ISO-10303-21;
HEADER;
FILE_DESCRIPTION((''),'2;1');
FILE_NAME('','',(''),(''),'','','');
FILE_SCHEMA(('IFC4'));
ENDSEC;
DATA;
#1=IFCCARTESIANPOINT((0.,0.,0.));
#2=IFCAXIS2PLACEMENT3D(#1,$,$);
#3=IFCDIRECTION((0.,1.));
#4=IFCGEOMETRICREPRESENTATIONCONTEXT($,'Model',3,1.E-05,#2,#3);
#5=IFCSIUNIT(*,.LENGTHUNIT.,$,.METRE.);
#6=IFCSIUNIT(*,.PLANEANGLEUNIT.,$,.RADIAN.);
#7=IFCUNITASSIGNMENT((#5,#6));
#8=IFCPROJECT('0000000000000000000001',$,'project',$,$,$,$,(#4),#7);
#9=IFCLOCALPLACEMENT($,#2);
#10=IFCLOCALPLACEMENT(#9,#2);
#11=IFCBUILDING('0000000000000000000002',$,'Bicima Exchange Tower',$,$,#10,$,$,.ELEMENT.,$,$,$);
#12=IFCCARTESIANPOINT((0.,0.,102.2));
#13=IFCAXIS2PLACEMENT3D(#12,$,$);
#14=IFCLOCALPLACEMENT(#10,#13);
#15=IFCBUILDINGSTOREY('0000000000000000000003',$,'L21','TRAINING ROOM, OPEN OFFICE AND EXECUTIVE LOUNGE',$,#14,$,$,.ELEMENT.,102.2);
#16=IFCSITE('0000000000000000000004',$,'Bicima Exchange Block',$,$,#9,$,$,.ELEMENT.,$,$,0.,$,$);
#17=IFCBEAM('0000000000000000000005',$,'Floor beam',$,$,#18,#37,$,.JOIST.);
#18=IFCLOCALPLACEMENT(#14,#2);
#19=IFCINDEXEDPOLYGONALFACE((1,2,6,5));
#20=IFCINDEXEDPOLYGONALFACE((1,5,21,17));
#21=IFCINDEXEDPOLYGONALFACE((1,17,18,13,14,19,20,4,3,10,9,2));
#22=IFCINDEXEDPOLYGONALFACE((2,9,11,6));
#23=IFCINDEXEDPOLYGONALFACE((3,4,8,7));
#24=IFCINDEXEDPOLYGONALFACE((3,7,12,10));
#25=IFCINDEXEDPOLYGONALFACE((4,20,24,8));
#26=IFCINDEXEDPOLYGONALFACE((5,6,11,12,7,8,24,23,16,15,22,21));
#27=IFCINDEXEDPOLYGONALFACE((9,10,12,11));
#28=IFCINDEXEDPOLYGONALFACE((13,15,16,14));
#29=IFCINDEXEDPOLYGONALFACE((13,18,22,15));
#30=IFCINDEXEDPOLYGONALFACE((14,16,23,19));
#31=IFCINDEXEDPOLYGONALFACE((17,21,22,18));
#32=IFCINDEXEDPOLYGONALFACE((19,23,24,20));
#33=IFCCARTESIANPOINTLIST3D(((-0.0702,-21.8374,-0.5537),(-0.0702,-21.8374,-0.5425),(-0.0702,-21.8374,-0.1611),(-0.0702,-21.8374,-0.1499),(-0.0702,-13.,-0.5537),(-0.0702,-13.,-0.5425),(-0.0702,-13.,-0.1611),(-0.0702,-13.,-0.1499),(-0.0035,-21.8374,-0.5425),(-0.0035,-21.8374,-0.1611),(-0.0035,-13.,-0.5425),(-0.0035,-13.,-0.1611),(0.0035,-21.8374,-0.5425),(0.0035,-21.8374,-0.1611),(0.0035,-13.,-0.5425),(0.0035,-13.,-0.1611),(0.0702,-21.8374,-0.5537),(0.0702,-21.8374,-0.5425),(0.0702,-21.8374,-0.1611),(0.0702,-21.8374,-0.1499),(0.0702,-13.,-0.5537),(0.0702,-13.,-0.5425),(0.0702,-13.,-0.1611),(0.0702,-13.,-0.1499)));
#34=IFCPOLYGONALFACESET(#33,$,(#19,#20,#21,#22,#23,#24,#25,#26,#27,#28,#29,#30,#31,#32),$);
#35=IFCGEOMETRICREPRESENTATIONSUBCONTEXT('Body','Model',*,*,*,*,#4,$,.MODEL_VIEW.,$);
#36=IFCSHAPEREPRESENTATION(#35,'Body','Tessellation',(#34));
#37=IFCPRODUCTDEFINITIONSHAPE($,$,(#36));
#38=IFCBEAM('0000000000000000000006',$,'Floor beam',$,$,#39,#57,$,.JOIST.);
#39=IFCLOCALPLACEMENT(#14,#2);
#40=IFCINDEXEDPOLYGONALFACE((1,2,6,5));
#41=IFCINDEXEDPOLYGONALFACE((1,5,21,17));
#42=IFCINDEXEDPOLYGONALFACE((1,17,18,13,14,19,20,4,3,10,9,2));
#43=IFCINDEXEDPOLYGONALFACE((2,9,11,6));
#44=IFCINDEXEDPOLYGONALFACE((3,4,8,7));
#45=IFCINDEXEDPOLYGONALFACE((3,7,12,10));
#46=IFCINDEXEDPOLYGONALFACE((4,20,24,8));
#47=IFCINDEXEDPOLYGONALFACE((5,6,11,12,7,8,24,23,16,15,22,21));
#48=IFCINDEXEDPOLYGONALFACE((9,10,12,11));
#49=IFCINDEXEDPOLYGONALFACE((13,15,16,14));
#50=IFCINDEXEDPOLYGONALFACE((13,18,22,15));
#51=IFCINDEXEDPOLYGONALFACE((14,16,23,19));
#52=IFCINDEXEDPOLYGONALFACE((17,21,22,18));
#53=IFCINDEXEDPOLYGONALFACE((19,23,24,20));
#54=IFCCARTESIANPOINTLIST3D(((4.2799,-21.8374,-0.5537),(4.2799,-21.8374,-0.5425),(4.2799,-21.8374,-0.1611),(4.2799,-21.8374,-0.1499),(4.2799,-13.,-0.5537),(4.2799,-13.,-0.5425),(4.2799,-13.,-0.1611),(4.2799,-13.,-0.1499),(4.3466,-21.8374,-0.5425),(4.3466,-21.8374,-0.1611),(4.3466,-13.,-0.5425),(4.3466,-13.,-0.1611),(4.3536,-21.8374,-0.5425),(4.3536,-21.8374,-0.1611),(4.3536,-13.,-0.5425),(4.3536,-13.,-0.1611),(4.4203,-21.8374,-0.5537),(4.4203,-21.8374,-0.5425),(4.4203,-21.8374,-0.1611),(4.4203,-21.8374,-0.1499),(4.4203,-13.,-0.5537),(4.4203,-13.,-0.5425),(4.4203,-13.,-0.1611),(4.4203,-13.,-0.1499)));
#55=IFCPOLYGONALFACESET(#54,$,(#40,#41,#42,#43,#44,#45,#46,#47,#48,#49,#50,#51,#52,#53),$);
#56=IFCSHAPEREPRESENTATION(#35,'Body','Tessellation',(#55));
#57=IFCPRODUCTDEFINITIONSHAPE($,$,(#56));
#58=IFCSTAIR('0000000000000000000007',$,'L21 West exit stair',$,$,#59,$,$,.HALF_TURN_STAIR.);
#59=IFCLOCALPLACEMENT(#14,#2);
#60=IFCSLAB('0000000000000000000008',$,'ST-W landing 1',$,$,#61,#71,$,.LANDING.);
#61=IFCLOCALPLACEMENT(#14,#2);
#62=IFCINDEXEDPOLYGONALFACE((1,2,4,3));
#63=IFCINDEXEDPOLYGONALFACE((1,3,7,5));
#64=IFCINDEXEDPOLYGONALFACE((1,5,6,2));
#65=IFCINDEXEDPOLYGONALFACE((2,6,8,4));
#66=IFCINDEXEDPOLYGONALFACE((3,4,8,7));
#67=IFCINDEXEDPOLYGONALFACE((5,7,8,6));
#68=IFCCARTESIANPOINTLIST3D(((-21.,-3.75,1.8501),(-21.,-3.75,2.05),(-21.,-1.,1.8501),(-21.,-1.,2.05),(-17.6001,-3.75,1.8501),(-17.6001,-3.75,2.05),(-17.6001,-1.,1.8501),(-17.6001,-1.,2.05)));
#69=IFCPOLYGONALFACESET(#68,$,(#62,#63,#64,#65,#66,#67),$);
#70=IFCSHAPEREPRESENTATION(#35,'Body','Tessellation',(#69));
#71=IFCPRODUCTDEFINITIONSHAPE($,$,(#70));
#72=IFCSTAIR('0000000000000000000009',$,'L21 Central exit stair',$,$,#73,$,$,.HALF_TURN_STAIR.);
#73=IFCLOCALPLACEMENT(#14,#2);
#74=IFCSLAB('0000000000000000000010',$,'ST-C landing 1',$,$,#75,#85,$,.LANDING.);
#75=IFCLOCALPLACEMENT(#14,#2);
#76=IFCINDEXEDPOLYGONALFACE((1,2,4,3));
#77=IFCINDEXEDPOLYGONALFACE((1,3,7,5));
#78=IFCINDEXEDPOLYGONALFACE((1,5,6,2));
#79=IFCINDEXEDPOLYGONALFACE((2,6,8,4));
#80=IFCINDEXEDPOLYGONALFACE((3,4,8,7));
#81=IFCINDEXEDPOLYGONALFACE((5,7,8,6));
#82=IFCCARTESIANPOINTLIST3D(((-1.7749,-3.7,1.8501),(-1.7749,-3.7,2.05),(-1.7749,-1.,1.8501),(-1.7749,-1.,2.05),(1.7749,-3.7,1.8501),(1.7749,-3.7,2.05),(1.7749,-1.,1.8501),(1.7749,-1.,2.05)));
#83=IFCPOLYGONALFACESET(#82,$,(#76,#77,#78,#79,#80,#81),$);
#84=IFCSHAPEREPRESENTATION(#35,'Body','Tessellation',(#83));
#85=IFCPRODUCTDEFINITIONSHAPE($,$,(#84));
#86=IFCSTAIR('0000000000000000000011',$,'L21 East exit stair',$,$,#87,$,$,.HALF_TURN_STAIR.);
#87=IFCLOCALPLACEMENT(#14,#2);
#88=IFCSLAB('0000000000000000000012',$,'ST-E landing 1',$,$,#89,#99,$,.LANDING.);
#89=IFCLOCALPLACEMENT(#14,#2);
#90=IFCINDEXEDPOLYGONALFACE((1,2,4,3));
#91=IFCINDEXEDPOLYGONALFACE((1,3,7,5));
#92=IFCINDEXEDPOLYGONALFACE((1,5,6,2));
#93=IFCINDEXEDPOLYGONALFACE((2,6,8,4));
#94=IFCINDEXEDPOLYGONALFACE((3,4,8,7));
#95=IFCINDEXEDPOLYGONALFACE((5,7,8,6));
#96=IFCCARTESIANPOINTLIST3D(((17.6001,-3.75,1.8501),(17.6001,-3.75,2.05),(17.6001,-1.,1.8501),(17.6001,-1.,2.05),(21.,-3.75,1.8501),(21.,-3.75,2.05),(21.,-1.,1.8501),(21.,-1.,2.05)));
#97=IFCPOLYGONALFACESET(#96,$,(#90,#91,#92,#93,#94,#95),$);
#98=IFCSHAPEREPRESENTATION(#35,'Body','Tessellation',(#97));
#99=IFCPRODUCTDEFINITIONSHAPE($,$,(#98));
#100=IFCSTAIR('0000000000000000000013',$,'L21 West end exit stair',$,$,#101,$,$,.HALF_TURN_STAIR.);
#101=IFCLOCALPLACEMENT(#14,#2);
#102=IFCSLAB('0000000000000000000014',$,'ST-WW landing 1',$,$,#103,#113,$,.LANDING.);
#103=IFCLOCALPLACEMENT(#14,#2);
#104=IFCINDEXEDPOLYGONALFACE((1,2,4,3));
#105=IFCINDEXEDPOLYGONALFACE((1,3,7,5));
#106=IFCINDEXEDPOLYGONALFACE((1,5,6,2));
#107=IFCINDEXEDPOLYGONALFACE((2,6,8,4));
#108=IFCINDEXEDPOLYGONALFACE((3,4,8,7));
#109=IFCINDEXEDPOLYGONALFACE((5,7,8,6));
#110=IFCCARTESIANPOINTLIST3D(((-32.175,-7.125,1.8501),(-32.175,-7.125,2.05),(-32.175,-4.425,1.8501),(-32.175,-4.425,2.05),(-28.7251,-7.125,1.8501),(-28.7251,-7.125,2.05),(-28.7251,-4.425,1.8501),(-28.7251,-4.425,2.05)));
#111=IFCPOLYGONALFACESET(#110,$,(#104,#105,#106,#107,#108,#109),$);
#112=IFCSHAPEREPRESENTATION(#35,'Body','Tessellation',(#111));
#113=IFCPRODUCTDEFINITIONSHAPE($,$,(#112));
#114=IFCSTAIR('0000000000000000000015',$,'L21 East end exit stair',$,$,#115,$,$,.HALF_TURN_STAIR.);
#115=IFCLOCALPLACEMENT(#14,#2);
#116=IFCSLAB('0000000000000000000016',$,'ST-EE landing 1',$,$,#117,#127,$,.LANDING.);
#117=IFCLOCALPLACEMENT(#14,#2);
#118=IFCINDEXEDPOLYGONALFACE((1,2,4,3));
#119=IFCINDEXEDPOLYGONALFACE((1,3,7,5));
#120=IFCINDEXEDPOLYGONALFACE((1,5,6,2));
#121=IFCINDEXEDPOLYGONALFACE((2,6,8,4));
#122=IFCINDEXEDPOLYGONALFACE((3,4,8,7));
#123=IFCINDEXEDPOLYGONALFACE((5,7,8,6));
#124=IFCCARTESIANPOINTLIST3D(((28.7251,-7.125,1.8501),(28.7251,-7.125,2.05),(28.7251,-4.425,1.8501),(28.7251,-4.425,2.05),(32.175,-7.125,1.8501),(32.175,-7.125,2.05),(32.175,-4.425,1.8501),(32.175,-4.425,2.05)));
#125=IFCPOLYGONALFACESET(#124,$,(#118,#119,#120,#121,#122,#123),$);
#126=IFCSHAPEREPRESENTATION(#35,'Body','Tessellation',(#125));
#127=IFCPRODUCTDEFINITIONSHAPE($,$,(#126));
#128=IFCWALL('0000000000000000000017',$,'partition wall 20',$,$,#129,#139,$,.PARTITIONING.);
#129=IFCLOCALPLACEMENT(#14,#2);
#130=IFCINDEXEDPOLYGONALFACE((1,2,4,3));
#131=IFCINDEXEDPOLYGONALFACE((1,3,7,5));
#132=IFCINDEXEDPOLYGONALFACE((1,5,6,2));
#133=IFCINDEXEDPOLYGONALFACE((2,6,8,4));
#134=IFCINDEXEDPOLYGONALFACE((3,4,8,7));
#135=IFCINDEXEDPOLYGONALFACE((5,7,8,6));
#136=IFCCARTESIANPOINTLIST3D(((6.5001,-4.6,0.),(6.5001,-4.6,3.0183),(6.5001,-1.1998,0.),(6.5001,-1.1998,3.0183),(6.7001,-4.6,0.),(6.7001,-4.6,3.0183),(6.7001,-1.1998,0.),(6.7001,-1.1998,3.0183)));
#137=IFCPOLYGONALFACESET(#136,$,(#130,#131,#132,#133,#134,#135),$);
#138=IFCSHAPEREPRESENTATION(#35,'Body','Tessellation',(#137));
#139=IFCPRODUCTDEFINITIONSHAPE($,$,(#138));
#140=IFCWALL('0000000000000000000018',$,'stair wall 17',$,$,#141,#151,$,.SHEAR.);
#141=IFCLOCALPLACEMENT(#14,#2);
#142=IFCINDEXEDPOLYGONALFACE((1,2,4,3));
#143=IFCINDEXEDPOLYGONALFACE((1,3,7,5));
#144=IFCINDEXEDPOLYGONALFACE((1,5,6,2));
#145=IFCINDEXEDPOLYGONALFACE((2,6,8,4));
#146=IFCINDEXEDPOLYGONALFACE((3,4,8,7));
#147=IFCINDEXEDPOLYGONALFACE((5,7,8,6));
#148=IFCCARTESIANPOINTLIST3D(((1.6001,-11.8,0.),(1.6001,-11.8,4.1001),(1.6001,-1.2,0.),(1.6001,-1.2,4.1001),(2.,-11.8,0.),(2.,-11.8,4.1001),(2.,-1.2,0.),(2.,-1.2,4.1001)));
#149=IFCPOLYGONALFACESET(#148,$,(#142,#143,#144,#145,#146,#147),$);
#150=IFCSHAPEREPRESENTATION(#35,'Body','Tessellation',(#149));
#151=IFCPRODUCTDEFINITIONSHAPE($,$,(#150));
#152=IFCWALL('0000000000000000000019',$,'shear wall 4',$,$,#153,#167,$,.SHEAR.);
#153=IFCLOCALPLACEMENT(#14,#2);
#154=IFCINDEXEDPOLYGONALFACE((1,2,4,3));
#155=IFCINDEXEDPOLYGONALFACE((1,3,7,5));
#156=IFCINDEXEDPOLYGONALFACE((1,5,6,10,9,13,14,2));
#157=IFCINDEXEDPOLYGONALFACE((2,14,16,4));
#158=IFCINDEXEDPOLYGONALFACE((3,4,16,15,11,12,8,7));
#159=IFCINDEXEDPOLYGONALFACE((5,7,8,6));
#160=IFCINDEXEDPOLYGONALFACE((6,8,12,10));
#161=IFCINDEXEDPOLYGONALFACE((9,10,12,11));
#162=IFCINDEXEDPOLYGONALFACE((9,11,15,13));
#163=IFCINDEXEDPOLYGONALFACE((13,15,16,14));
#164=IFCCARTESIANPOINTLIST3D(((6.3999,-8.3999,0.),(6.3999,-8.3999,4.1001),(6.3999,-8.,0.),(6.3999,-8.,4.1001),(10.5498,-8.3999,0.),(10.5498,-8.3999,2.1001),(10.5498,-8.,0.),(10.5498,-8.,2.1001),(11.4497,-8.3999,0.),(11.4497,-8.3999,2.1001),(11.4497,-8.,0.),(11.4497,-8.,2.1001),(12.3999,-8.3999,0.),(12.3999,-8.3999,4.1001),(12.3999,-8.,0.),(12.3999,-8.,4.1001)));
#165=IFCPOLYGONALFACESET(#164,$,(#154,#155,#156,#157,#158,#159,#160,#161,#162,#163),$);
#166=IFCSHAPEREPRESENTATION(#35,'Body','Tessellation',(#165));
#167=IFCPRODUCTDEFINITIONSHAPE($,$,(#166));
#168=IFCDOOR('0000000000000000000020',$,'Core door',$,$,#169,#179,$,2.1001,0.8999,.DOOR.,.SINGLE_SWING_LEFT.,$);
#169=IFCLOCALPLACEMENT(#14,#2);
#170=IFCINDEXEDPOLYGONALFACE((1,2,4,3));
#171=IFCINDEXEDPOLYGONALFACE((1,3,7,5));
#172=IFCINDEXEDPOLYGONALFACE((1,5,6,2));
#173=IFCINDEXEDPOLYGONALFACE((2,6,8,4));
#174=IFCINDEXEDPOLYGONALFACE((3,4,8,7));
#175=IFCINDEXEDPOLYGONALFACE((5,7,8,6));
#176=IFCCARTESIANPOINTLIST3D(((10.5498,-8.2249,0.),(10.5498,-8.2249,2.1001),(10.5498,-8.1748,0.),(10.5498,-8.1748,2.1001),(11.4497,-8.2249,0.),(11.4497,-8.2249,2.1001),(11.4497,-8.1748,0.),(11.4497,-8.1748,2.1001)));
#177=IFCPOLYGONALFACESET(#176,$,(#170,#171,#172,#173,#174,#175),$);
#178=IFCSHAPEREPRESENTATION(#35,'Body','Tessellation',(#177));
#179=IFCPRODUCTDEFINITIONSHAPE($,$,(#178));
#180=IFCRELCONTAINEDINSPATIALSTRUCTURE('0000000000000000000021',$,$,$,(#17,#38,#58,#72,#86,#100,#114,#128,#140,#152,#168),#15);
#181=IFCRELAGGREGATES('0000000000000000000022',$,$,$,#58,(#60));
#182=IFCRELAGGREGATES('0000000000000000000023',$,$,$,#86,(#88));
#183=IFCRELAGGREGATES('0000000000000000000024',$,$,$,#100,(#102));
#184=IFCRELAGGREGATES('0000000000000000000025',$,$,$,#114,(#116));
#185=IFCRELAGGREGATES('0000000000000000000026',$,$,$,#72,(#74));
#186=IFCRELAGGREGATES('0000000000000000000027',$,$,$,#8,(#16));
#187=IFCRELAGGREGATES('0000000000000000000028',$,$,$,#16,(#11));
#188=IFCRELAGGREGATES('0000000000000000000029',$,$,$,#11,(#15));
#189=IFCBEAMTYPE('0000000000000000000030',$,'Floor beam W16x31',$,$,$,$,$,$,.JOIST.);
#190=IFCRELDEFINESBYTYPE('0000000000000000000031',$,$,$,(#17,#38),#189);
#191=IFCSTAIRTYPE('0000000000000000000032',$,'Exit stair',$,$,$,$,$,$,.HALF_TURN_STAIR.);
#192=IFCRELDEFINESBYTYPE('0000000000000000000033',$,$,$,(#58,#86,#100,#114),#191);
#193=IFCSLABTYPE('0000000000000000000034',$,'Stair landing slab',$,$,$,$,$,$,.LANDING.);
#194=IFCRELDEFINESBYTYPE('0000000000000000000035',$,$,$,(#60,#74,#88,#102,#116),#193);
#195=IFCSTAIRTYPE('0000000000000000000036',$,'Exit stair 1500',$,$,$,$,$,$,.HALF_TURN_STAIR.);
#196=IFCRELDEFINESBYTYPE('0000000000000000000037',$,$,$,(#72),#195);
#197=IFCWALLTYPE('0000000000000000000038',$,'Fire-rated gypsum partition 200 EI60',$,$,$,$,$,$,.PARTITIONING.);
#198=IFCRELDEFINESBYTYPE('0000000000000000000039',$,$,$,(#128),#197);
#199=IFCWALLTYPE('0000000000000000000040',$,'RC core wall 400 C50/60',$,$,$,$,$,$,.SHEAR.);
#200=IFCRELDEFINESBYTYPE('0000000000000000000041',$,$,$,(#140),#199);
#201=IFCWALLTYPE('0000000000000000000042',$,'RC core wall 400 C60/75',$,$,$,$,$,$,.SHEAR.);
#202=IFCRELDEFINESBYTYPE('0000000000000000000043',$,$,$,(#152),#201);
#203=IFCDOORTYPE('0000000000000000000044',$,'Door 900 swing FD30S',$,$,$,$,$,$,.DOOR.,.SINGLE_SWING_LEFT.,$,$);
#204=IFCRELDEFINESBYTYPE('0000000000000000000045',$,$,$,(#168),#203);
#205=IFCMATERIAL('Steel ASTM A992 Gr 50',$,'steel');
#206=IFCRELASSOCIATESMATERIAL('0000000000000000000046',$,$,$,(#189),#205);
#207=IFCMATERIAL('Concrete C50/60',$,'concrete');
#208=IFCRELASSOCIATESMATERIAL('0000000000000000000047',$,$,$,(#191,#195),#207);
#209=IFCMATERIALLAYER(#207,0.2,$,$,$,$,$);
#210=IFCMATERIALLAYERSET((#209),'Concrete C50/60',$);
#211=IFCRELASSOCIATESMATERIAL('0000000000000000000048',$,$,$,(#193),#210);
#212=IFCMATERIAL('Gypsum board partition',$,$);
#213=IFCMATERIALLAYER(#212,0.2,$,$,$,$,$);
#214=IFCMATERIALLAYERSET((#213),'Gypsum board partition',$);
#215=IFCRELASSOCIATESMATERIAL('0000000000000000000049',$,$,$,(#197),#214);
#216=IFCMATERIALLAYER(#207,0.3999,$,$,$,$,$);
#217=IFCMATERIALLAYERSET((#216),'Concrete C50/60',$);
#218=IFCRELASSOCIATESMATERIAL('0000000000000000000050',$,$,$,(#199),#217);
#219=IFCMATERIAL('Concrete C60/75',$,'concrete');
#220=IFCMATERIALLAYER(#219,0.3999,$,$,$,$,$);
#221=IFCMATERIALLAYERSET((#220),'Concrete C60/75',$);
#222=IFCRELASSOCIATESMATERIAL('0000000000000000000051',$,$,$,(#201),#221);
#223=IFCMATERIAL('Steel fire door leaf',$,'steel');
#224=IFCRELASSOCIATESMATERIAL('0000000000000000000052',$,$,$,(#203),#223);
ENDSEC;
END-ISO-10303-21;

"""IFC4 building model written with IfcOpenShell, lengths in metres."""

from ifc_helpers import new_model, si_unit, direction, frame, frame_2d, origin, origin_2d, place, context, subcontext, project, spatial, polyline, rectangle, i_section, outline, extrude, material, layer, layer_set, material_profile, profile_set, type_object, element, fill, aggregate, save


model = new_model("IFC4")

# Units and contexts
model_context = context("Model", 3, precision=1e-05, world=origin(), true_north=direction((0.0, 1.0)))
body_context = subcontext(model_context, "Body", "Model", "MODEL_VIEW")
ifc_project = project(units=[si_unit("LENGTHUNIT", "METRE"), si_unit("PLANEANGLEUNIT", "RADIAN")], contexts=[model_context])

# Site, building, storey
site_placement = place(None, origin())
site = spatial("IfcSite", under=ifc_project, at=site_placement, Name="Bicima Exchange Block", CompositionType="ELEMENT", RefElevation=0.0)
building_placement = place(site_placement, origin())
building = spatial("IfcBuilding", under=site, at=building_placement, Name="Bicima Exchange Tower", CompositionType="ELEMENT")
storey_placement = place(building_placement, frame((0.0, 0.0, 102.2)))
storey = spatial("IfcBuildingStorey", under=building, at=storey_placement, Name="L21", Description="TRAINING ROOM, OPEN OFFICE AND EXECUTIVE LOUNGE", CompositionType="ELEMENT", Elevation=102.2)

# Beams
ifc_material_1 = material(Name="Steel ASTM A992 Gr 50", Category="steel")
ifc_material_profile = material_profile(ifc_material_1, i_section(OverallWidth=0.1404, OverallDepth=0.4038, WebThickness=0.0071, FlangeThickness=0.0112, at=origin_2d()))
ifc_profile_set = profile_set([ifc_material_profile], Name="Steel ASTM A992 Gr 50")
beam_type = type_object("IfcBeamType", Name="Floor beam W16x31", PredefinedType="JOIST", material=ifc_profile_set)
for number, where, z_axis, x_axis, name in (
    (1, (0.0, -13.0, -0.3518), (0.0, -1.0, 0.0), (1.0, 0.0, 0.0), "Floor beam"),
    (2, (4.3501, -13.0, -0.3518), (0.0, -1.0, 0.0), (1.0, 0.0, 0.0), "Floor beam"),
):
    element("IfcBeam", number, at=place(storey_placement, frame(where, z_axis=z_axis, x_axis=x_axis)), inside=storey, type_object=beam_type, Name=name, PredefinedType="JOIST", context=body_context, shape_type="SweptSolid", body=[
        extrude(i_section(OverallWidth=0.1404, OverallDepth=0.4038, WebThickness=0.0071, FlangeThickness=0.0112, at=origin_2d()), origin(), (0.0, 0.0, 1.0), 8.8374),
    ])

# Stairs, slabs
ifc_material_2 = material(Name="Concrete C50/60", Category="concrete")
stair_type_1 = type_object("IfcStairType", Name="Exit stair", PredefinedType="HALF_TURN_STAIR", material=ifc_material_2)
stair_1_placement = place(storey_placement, origin())
stair_1 = element("IfcStair", 3, at=stair_1_placement, inside=storey, type_object=stair_type_1, Name="L21 West exit stair", PredefinedType="HALF_TURN_STAIR")
ifc_layer_1 = layer(ifc_material_2, 0.2)
ifc_layer_set_1 = layer_set([ifc_layer_1], Name="Concrete C50/60")
slab_type = type_object("IfcSlabType", Name="Stair landing slab", PredefinedType="LANDING", material=ifc_layer_set_1)
slab_1_placement = place(storey_placement, frame((0.0, 0.0, 1.8501)))
slab_1 = element("IfcSlab", 4, at=slab_1_placement, type_object=slab_type, Name="ST-W landing 1", PredefinedType="LANDING", context=body_context, shape_type="SweptSolid", body=[
    extrude(outline(polyline([(-17.6001, -3.75), (-17.6001, -1.0), (-21.0, -1.0), (-21.0, -3.75), (-17.6001, -3.75)])), origin(), (0.0, 0.0, 1.0), 0.2),
])
aggregate(stair_1, [slab_1])
stair_type_2 = type_object("IfcStairType", Name="Exit stair 1500", PredefinedType="HALF_TURN_STAIR", material=ifc_material_2)
stair_2_placement = place(storey_placement, origin())
stair_2 = element("IfcStair", 5, at=stair_2_placement, inside=storey, type_object=stair_type_2, Name="L21 Central exit stair", PredefinedType="HALF_TURN_STAIR")
slab_2_placement = place(storey_placement, frame((0.0, 0.0, 1.8501)))
slab_2 = element("IfcSlab", 6, at=slab_2_placement, type_object=slab_type, Name="ST-C landing 1", PredefinedType="LANDING", context=body_context, shape_type="SweptSolid", body=[
    extrude(outline(polyline([(1.7749, -3.7), (1.7749, -1.0), (-1.7749, -1.0), (-1.7749, -3.7), (1.7749, -3.7)])), origin(), (0.0, 0.0, 1.0), 0.2),
])
stair_3_placement = place(storey_placement, origin())
stair_3 = element("IfcStair", 7, at=stair_3_placement, inside=storey, type_object=stair_type_1, Name="L21 East exit stair", PredefinedType="HALF_TURN_STAIR")
slab_3_placement = place(storey_placement, frame((0.0, 0.0, 1.8501)))
slab_3 = element("IfcSlab", 8, at=slab_3_placement, type_object=slab_type, Name="ST-E landing 1", PredefinedType="LANDING", context=body_context, shape_type="SweptSolid", body=[
    extrude(outline(polyline([(21.0, -3.75), (21.0, -1.0), (17.6001, -1.0), (17.6001, -3.75), (21.0, -3.75)])), origin(), (0.0, 0.0, 1.0), 0.2),
])
aggregate(stair_3, [slab_3])
stair_4_placement = place(storey_placement, origin())
stair_4 = element("IfcStair", 9, at=stair_4_placement, inside=storey, type_object=stair_type_1, Name="L21 West end exit stair", PredefinedType="HALF_TURN_STAIR")
slab_4_placement = place(storey_placement, frame((0.0, 0.0, 1.8501)))
slab_4 = element("IfcSlab", 10, at=slab_4_placement, type_object=slab_type, Name="ST-WW landing 1", PredefinedType="LANDING", context=body_context, shape_type="SweptSolid", body=[
    extrude(outline(polyline([(-28.7251, -7.125), (-28.7251, -4.425), (-32.175, -4.425), (-32.175, -7.125), (-28.7251, -7.125)])), origin(), (0.0, 0.0, 1.0), 0.2),
])
aggregate(stair_4, [slab_4])
stair_5_placement = place(storey_placement, origin())
stair_5 = element("IfcStair", 11, at=stair_5_placement, inside=storey, type_object=stair_type_1, Name="L21 East end exit stair", PredefinedType="HALF_TURN_STAIR")
slab_5_placement = place(storey_placement, frame((0.0, 0.0, 1.8501)))
slab_5 = element("IfcSlab", 12, at=slab_5_placement, type_object=slab_type, Name="ST-EE landing 1", PredefinedType="LANDING", context=body_context, shape_type="SweptSolid", body=[
    extrude(outline(polyline([(32.175, -7.125), (32.175, -4.425), (28.7251, -4.425), (28.7251, -7.125), (32.175, -7.125)])), origin(), (0.0, 0.0, 1.0), 0.2),
])
aggregate(stair_5, [slab_5])

# Walls
ifc_material_3 = material(Name="Gypsum board partition")
ifc_layer_2 = layer(ifc_material_3, 0.2)
ifc_layer_set_2 = layer_set([ifc_layer_2], Name="Gypsum board partition")
wall_type_1 = type_object("IfcWallType", Name="Fire-rated gypsum partition 200 EI60", PredefinedType="PARTITIONING", material=ifc_layer_set_2)
wall_1_placement = place(storey_placement, frame((6.6001, -4.6001, 0.0), z_axis=(0.0, 0.0, 1.0), x_axis=(0.0, 1.0, 0.0)))
element("IfcWall", 13, at=wall_1_placement, inside=storey, type_object=wall_type_1, Name="partition wall 20", PredefinedType="PARTITIONING", context=body_context, shape_type="SweptSolid", body=[
    extrude(rectangle(XDim=3.4001, YDim=0.2, at=frame_2d((1.7002, 0.0))), origin(), (0.0, 0.0, 1.0), 3.0183),
])
ifc_layer_3 = layer(ifc_material_2, 0.3999)
ifc_layer_set_3 = layer_set([ifc_layer_3], Name="Concrete C50/60")
wall_type_2 = type_object("IfcWallType", Name="RC core wall 400 C50/60", PredefinedType="SHEAR", material=ifc_layer_set_3)
wall_2_placement = place(storey_placement, frame((1.8, -11.8, 0.0), z_axis=(0.0, 0.0, 1.0), x_axis=(0.0, 1.0, 0.0)))
element("IfcWall", 14, at=wall_2_placement, inside=storey, type_object=wall_type_2, Name="stair wall 17", PredefinedType="SHEAR", context=body_context, shape_type="SweptSolid", body=[
    extrude(rectangle(XDim=10.6001, YDim=0.3999, at=frame_2d((5.3, 0.0))), origin(), (0.0, 0.0, 1.0), 4.1001),
])

# Wall, opening, door
ifc_material_4 = material(Name="Concrete C60/75", Category="concrete")
ifc_layer_4 = layer(ifc_material_4, 0.3999)
ifc_layer_set_4 = layer_set([ifc_layer_4], Name="Concrete C60/75")
wall_type_3 = type_object("IfcWallType", Name="RC core wall 400 C60/75", PredefinedType="SHEAR", material=ifc_layer_set_4)
wall_3_placement = place(storey_placement, frame((6.3999, -8.2, 0.0), z_axis=(0.0, 0.0, 1.0), x_axis=(1.0, 0.0, 0.0)))
wall_3 = element("IfcWall", 15, at=wall_3_placement, inside=storey, type_object=wall_type_3, Name="shear wall 4", PredefinedType="SHEAR", context=body_context, shape_type="SweptSolid", body=[
    extrude(rectangle(XDim=6.0, YDim=0.3999, at=frame_2d((3.0, 0.0))), origin(), (0.0, 0.0, 1.0), 4.1001),
])
opening_1_placement = place(wall_3_placement, frame((4.1499, 0.0, 0.0)))
opening_1 = element("IfcOpeningElement", 16, at=opening_1_placement, cuts=wall_3, PredefinedType="OPENING", context=body_context, shape_type="SweptSolid", body=[
    extrude(rectangle(XDim=0.8999, YDim=2.1001, at=frame_2d((0.45, 1.05))), frame((0.0, 0.2119, 0.0), z_axis=(0.0, -1.0, 0.0), x_axis=(1.0, 0.0, 0.0)), (0.0, 0.0, 1.0), 0.4238),
])
ifc_material_5 = material(Name="Steel fire door leaf", Category="steel")
door_type_1 = type_object("IfcDoorType", Name="Door 900 swing FD30S", OperationType="SINGLE_SWING_LEFT", PredefinedType="DOOR", material=ifc_material_5)
door_1_placement = place(opening_1_placement, frame((0.8999, 0.0, 0.0), z_axis=(0.0, 0.0, 1.0), x_axis=(-1.0, 0.0, 0.0)))
door_1 = element("IfcDoor", 17, at=door_1_placement, inside=storey, type_object=door_type_1, Name="Core door", OperationType="SINGLE_SWING_LEFT", OverallHeight=2.1001, OverallWidth=0.8999, PredefinedType="DOOR", context=body_context, shape_type="SweptSolid", body=[
    extrude(rectangle(XDim=0.8999, YDim=2.1001, at=frame_2d((0.45, 1.05))), frame((0.0, 0.0249, 0.0), z_axis=(0.0, -1.0, 0.0), x_axis=(1.0, 0.0, 0.0)), (0.0, 0.0, 1.0), 0.05),
])
fill(opening_1, door_1)

aggregate(stair_2, [slab_2])

save(model, "model.ifc")
